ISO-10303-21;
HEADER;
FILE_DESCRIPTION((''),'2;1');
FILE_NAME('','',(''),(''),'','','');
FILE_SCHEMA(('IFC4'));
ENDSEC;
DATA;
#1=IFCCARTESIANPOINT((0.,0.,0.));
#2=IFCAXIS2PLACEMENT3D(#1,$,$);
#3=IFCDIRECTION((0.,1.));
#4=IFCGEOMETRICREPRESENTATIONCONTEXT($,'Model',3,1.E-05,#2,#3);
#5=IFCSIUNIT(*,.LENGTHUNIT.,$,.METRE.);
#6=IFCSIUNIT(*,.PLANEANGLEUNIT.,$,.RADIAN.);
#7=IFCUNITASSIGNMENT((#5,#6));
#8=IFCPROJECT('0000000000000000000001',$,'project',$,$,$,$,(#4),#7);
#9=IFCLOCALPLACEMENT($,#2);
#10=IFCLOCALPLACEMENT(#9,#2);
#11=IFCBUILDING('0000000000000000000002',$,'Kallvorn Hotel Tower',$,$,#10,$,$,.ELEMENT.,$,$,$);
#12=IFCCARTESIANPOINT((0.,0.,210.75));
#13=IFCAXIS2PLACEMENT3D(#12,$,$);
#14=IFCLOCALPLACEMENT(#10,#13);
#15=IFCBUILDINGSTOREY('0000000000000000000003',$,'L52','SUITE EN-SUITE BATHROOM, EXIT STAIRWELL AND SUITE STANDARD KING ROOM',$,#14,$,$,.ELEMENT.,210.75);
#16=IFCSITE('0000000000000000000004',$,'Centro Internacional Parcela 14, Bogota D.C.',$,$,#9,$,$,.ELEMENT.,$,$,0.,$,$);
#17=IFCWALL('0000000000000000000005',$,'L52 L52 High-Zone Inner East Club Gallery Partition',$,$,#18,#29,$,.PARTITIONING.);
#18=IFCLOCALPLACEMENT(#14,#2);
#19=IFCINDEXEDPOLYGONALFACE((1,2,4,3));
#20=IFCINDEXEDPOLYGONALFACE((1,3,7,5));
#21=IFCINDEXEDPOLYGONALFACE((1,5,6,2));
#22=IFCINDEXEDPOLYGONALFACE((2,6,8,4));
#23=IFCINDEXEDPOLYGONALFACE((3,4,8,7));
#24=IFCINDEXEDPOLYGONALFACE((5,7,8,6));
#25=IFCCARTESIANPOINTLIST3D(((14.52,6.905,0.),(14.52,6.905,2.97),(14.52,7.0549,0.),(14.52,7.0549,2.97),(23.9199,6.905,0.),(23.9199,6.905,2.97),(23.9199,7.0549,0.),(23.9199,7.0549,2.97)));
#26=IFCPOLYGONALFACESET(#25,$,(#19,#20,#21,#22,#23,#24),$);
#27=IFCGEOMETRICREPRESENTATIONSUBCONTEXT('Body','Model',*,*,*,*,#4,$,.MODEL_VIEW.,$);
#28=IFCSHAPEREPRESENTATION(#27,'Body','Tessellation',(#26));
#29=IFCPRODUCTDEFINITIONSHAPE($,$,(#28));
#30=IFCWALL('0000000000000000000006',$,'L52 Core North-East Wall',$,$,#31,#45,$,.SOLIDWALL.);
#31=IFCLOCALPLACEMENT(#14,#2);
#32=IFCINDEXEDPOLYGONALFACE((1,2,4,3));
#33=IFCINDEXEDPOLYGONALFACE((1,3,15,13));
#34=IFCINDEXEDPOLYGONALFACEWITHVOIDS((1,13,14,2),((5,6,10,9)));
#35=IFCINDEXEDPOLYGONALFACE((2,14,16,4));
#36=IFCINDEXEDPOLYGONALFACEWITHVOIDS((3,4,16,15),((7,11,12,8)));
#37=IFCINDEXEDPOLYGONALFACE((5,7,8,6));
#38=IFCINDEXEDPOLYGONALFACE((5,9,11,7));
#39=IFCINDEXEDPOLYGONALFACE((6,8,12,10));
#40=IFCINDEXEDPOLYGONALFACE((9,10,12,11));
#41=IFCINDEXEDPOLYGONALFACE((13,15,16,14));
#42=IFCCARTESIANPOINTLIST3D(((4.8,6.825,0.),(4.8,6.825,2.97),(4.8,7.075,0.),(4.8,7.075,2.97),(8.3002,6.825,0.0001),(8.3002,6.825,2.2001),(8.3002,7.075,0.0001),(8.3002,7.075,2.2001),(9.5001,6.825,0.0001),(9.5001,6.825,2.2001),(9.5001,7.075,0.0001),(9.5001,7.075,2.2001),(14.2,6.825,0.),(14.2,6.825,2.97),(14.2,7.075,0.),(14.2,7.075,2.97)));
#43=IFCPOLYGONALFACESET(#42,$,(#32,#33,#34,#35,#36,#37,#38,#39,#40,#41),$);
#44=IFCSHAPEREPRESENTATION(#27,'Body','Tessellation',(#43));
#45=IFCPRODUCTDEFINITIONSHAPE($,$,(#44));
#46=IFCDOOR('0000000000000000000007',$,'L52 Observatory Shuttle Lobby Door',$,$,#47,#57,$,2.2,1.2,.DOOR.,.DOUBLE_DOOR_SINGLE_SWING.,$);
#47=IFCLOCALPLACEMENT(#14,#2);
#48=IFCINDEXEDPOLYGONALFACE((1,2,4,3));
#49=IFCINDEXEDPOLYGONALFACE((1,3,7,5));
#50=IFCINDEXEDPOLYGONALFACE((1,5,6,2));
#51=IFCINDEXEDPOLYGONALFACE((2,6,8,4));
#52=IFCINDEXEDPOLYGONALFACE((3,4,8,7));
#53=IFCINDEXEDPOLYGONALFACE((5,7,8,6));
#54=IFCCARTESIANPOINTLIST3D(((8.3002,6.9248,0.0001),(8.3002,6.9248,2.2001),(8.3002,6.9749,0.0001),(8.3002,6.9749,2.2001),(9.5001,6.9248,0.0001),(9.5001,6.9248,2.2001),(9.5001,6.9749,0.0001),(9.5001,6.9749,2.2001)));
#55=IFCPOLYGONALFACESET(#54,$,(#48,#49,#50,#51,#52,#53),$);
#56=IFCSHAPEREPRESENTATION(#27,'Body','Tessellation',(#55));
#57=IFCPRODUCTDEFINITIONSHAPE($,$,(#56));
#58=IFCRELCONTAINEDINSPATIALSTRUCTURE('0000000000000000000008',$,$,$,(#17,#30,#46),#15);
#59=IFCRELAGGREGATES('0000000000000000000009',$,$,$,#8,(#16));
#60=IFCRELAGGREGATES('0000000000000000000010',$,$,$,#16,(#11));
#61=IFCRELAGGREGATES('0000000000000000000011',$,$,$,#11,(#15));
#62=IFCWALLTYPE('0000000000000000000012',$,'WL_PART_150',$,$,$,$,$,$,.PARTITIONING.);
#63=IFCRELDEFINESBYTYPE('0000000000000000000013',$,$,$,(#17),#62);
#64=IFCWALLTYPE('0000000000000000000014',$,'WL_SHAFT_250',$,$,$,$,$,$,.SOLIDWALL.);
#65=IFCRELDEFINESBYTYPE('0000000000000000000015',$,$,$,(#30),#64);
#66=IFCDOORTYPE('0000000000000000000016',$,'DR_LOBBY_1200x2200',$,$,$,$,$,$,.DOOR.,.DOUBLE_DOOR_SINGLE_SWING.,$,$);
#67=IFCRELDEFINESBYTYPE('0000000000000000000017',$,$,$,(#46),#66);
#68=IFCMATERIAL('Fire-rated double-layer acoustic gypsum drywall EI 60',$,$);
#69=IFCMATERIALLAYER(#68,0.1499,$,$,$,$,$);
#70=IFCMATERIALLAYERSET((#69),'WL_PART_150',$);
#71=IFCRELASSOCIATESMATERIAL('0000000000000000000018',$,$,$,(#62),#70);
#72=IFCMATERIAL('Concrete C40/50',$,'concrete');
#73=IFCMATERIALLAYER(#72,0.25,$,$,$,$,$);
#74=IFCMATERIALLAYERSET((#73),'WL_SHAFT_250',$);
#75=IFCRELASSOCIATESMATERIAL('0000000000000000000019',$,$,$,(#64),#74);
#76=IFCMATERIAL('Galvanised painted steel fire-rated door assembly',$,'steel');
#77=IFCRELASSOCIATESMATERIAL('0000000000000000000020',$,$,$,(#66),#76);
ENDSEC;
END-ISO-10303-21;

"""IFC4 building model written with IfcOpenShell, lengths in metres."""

from ifc_helpers import new_model, si_unit, direction, frame, frame_2d, origin, place, context, subcontext, project, spatial, rectangle, extrude, material, layer, layer_set, type_object, element, fill, save


model = new_model("IFC4")

# Units and contexts
model_context = context("Model", 3, precision=1e-05, world=origin(), true_north=direction((0.0, 1.0)))
body_context = subcontext(model_context, "Body", "Model", "MODEL_VIEW")
ifc_project = project(units=[si_unit("LENGTHUNIT", "METRE"), si_unit("PLANEANGLEUNIT", "RADIAN")], contexts=[model_context])

# Site, building, storey
site_placement = place(None, origin())
site = spatial("IfcSite", under=ifc_project, at=site_placement, Name="Centro Internacional Parcela 14, Bogota D.C.", CompositionType="ELEMENT", RefElevation=0.0)
building_placement = place(site_placement, origin())
building = spatial("IfcBuilding", under=site, at=building_placement, Name="Kallvorn Hotel Tower", CompositionType="ELEMENT")
storey_placement = place(building_placement, frame((0.0, 0.0, 210.75)))
storey = spatial("IfcBuildingStorey", under=building, at=storey_placement, Name="L52", Description="SUITE EN-SUITE BATHROOM, EXIT STAIRWELL AND SUITE STANDARD KING ROOM", CompositionType="ELEMENT", Elevation=210.75)

# Wall
ifc_material_1 = material(Name="Fire-rated double-layer acoustic gypsum drywall EI 60")
ifc_layer_1 = layer(ifc_material_1, 0.1499)
ifc_layer_set_1 = layer_set([ifc_layer_1], Name="WL_PART_150")
wall_type_1 = type_object("IfcWallType", Name="WL_PART_150", PredefinedType="PARTITIONING", material=ifc_layer_set_1)
wall_1_placement = place(storey_placement, frame((14.52, 6.98, 0.0), z_axis=(0.0, 0.0, 1.0), x_axis=(1.0, 0.0, 0.0)))
element("IfcWall", 1, at=wall_1_placement, inside=storey, type_object=wall_type_1, Name="L52 L52 High-Zone Inner East Club Gallery Partition", PredefinedType="PARTITIONING", context=body_context, shape_type="SweptSolid", body=[
    extrude(rectangle(XDim=9.3999, YDim=0.1499, at=frame_2d((4.7, 0.0))), origin(), (0.0, 0.0, 1.0), 2.97),
])

# Wall, opening, door
ifc_material_2 = material(Name="Concrete C40/50", Category="concrete")
ifc_layer_2 = layer(ifc_material_2, 0.25)
ifc_layer_set_2 = layer_set([ifc_layer_2], Name="WL_SHAFT_250")
wall_type_2 = type_object("IfcWallType", Name="WL_SHAFT_250", PredefinedType="SOLIDWALL", material=ifc_layer_set_2)
wall_2_placement = place(storey_placement, frame((4.8, 6.95, 0.0), z_axis=(0.0, 0.0, 1.0), x_axis=(1.0, 0.0, 0.0)))
wall_2 = element("IfcWall", 2, at=wall_2_placement, inside=storey, type_object=wall_type_2, Name="L52 Core North-East Wall", PredefinedType="SOLIDWALL", context=body_context, shape_type="SweptSolid", body=[
    extrude(rectangle(XDim=9.3999, YDim=0.25, at=frame_2d((4.7, 0.0))), origin(), (0.0, 0.0, 1.0), 2.97),
])
opening_1_placement = place(wall_2_placement, frame((3.5, 0.0, 0.0)))
opening_1 = element("IfcOpeningElement", 3, at=opening_1_placement, cuts=wall_2, PredefinedType="OPENING", context=body_context, shape_type="SweptSolid", body=[
    extrude(rectangle(XDim=1.2, YDim=2.2, at=frame_2d((0.6001, 1.1001))), frame((0.0, 0.1399, 0.0), z_axis=(0.0, -1.0, 0.0), x_axis=(1.0, 0.0, 0.0)), (0.0, 0.0, 1.0), 0.28),
])
ifc_material_3 = material(Name="Galvanised painted steel fire-rated door assembly", Category="steel")
door_type_1 = type_object("IfcDoorType", Name="DR_LOBBY_1200x2200", OperationType="DOUBLE_DOOR_SINGLE_SWING", PredefinedType="DOOR", material=ifc_material_3)
door_1_placement = place(opening_1_placement, origin())
door_1 = element("IfcDoor", 4, at=door_1_placement, inside=storey, type_object=door_type_1, Name="L52 Observatory Shuttle Lobby Door", OperationType="DOUBLE_DOOR_SINGLE_SWING", OverallHeight=2.2, OverallWidth=1.2, PredefinedType="DOOR", context=body_context, shape_type="SweptSolid", body=[
    extrude(rectangle(XDim=1.2, YDim=2.2, at=frame_2d((0.6001, 1.1001))), frame((0.0, 0.0249, 0.0), z_axis=(0.0, -1.0, 0.0), x_axis=(1.0, 0.0, 0.0)), (0.0, 0.0, 1.0), 0.05),
])
fill(opening_1, door_1)

save(model, "model.ifc")
